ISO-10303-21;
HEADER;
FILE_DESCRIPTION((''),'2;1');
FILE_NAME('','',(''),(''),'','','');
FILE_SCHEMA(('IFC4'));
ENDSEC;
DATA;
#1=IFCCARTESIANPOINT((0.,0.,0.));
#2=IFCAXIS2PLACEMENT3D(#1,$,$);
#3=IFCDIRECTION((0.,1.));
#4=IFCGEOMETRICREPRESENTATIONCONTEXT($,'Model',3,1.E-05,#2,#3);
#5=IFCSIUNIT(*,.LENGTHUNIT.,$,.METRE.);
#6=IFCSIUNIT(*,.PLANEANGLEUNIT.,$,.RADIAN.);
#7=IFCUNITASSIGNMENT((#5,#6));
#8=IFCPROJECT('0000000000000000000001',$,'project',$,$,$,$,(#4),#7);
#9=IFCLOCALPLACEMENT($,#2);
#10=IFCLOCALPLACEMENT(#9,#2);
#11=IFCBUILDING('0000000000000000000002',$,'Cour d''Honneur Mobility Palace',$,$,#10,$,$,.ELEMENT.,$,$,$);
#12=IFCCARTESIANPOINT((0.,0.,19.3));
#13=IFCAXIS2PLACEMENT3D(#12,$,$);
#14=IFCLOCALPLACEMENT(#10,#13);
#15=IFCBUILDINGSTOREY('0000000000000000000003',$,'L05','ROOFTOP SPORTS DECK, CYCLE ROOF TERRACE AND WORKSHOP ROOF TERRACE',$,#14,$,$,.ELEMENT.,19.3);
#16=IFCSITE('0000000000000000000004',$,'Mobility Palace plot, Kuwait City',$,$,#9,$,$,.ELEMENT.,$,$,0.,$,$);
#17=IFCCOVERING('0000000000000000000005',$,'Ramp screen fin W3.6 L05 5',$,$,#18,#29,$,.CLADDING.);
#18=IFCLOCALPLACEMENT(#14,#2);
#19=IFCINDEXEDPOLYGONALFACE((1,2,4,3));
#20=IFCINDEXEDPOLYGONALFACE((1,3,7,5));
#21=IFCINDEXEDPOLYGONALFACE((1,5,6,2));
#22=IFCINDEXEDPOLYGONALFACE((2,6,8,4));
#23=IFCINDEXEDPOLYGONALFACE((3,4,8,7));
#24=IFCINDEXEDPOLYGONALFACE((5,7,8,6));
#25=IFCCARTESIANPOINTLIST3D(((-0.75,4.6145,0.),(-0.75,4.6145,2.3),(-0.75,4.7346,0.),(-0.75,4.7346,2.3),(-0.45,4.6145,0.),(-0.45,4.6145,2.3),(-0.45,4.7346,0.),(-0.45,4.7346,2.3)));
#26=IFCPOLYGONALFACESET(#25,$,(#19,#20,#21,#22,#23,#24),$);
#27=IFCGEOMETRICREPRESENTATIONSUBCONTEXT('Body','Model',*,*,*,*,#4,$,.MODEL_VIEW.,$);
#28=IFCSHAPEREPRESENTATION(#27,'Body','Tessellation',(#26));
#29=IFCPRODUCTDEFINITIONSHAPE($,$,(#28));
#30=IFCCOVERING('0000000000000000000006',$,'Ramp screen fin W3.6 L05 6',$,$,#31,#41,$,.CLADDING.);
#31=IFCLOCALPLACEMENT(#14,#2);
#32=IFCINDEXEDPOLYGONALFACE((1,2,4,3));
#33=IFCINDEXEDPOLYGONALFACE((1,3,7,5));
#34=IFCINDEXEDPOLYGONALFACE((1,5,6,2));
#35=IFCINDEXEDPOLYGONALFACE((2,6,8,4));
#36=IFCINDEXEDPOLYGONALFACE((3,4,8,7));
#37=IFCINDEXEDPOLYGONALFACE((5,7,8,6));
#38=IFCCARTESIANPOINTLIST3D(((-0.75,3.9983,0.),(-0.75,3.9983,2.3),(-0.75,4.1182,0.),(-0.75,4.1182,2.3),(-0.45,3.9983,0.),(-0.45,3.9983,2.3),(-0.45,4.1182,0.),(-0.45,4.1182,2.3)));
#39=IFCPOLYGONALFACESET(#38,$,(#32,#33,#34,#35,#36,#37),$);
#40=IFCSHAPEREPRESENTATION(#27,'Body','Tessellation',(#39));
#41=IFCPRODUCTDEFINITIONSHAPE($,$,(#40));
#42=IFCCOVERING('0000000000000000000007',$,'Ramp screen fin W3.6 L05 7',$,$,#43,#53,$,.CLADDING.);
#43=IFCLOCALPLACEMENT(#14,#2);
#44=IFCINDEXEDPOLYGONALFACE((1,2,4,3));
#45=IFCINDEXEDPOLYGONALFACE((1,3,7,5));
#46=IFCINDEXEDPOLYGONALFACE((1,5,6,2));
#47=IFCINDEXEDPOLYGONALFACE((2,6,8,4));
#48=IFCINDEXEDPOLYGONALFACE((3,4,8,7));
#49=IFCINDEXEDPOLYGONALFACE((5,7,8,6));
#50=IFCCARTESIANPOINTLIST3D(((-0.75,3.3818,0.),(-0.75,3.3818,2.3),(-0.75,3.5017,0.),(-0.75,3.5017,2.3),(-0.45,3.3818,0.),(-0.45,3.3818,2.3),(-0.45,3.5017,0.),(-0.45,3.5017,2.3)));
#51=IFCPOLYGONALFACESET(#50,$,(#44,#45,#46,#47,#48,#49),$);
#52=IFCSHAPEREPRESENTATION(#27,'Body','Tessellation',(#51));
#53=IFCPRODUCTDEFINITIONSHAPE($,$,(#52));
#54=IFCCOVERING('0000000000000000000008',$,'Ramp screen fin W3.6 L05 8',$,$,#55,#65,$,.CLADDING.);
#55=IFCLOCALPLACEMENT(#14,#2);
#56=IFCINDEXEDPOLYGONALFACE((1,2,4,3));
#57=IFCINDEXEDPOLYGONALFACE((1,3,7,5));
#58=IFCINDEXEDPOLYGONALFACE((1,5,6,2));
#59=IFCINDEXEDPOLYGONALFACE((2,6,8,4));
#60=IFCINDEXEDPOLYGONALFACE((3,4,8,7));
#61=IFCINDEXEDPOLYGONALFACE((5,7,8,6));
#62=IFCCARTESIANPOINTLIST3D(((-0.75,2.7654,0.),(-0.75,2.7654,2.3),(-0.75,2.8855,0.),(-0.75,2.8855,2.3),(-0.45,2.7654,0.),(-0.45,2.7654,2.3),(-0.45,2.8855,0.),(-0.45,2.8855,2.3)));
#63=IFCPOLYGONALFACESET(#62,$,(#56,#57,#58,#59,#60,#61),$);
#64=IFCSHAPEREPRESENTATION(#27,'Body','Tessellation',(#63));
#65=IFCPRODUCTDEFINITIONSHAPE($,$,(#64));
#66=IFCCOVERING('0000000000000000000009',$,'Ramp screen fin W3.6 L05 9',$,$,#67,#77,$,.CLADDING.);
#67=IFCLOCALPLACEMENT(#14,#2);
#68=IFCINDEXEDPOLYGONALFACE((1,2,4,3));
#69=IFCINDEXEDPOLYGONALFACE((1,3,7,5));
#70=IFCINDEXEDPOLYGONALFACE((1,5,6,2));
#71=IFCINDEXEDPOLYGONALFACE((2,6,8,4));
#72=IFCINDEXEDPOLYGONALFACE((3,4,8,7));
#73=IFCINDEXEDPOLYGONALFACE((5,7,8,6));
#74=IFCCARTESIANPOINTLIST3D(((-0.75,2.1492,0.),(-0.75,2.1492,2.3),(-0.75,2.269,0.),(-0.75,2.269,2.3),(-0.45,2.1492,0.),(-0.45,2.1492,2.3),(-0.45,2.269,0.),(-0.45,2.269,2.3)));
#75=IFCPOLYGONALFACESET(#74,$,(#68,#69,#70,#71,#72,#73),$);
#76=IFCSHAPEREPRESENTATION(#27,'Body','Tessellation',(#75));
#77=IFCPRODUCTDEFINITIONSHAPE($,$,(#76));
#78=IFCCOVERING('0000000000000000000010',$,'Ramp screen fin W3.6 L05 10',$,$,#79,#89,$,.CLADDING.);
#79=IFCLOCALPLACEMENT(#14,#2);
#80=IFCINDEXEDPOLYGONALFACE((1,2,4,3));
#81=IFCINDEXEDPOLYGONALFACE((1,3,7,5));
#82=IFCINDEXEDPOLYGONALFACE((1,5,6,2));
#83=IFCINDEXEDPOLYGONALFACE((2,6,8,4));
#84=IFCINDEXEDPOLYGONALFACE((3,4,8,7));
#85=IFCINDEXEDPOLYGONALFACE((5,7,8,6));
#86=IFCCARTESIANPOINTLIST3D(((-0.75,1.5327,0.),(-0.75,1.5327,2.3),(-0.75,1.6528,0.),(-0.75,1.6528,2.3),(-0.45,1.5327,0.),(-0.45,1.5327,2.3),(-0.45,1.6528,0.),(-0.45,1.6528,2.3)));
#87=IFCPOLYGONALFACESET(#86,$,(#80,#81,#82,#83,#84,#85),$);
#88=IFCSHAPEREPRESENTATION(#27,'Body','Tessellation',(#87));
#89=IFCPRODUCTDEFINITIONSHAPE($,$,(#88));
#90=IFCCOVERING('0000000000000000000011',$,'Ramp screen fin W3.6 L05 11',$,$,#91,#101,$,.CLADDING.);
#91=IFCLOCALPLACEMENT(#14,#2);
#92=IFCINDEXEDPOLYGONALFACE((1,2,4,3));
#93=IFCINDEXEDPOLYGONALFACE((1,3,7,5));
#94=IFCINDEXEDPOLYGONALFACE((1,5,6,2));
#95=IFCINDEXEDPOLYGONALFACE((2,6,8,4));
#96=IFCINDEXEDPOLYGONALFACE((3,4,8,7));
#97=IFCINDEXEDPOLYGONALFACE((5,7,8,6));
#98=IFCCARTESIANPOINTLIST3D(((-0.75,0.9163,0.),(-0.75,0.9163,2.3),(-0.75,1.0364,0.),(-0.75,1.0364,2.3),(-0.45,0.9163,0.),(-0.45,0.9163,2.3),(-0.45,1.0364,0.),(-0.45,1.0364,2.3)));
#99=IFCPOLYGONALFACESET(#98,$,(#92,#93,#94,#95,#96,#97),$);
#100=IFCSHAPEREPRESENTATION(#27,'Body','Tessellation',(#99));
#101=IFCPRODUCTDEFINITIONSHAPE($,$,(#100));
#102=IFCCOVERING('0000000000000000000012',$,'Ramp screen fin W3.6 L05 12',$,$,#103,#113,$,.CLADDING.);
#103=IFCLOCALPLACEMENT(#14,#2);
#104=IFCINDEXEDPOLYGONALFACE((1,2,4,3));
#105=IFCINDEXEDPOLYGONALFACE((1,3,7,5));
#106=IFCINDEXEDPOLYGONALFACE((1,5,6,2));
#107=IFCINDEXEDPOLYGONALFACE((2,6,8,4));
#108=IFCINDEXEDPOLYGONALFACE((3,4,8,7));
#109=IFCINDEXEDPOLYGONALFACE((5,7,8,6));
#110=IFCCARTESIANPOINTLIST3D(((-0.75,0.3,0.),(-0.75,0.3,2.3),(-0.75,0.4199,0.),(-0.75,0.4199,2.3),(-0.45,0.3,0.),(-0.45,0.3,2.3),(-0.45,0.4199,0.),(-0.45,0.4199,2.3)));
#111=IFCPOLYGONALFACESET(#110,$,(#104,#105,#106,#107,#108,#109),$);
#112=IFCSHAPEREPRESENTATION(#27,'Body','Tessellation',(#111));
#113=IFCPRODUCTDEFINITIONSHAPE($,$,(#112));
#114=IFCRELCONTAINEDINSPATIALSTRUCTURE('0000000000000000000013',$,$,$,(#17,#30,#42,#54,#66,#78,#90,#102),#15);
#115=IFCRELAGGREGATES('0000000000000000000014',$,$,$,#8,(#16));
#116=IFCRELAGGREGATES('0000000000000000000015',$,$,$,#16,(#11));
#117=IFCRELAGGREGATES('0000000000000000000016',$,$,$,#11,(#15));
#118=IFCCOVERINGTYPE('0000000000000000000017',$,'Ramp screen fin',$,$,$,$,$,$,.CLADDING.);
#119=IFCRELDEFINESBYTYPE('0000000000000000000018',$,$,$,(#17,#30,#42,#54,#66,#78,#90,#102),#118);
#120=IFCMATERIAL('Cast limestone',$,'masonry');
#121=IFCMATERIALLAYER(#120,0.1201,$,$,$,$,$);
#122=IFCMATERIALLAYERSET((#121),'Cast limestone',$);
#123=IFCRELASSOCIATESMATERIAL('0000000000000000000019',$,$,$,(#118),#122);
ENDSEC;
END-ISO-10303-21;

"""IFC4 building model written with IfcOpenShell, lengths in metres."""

from ifc_helpers import new_model, si_unit, direction, frame, origin, place, context, subcontext, project, spatial, polyline, outline, extrude, material, layer, layer_set, type_object, element, save


model = new_model("IFC4")

# Units and contexts
model_context = context("Model", 3, precision=1e-05, world=origin(), true_north=direction((0.0, 1.0)))
body_context = subcontext(model_context, "Body", "Model", "MODEL_VIEW")
ifc_project = project(units=[si_unit("LENGTHUNIT", "METRE"), si_unit("PLANEANGLEUNIT", "RADIAN")], contexts=[model_context])

# Site, building, storey
site_placement = place(None, origin())
site = spatial("IfcSite", under=ifc_project, at=site_placement, Name="Mobility Palace plot, Kuwait City", CompositionType="ELEMENT", RefElevation=0.0)
building_placement = place(site_placement, origin())
building = spatial("IfcBuilding", under=site, at=building_placement, Name="Cour d'Honneur Mobility Palace", CompositionType="ELEMENT")
storey_placement = place(building_placement, frame((0.0, 0.0, 19.3)))
storey = spatial("IfcBuildingStorey", under=building, at=storey_placement, Name="L05", Description="ROOFTOP SPORTS DECK, CYCLE ROOF TERRACE AND WORKSHOP ROOF TERRACE", CompositionType="ELEMENT", Elevation=19.3)

# Coverings
ifc_material_1 = material(Name="Cast limestone", Category="masonry")
ifc_layer_1 = layer(ifc_material_1, 0.1201)
ifc_layer_set_1 = layer_set([ifc_layer_1], Name="Cast limestone")
covering_type_1 = type_object("IfcCoveringType", Name="Ramp screen fin", PredefinedType="CLADDING", material=ifc_layer_set_1)
covering_1_placement = place(storey_placement, origin())
element("IfcCovering", 1, at=covering_1_placement, inside=storey, type_object=covering_type_1, Name="Ramp screen fin W3.6 L05 5", PredefinedType="CLADDING", context=body_context, shape_type="SweptSolid", body=[
    extrude(outline(polyline([(-0.45, 4.7346), (-0.45, 4.6145), (-0.75, 4.6145), (-0.75, 4.7346), (-0.45, 4.7346)])), origin(), (0.0, 0.0, 1.0), 2.3),
])
covering_2_placement = place(storey_placement, origin())
element("IfcCovering", 2, at=covering_2_placement, inside=storey, type_object=covering_type_1, Name="Ramp screen fin W3.6 L05 6", PredefinedType="CLADDING", context=body_context, shape_type="SweptSolid", body=[
    extrude(outline(polyline([(-0.45, 4.1182), (-0.45, 3.9983), (-0.75, 3.9983), (-0.75, 4.1182), (-0.45, 4.1182)])), origin(), (0.0, 0.0, 1.0), 2.3),
])
covering_3_placement = place(storey_placement, origin())
element("IfcCovering", 3, at=covering_3_placement, inside=storey, type_object=covering_type_1, Name="Ramp screen fin W3.6 L05 7", PredefinedType="CLADDING", context=body_context, shape_type="SweptSolid", body=[
    extrude(outline(polyline([(-0.45, 3.5017), (-0.45, 3.3818), (-0.75, 3.3818), (-0.75, 3.5017), (-0.45, 3.5017)])), origin(), (0.0, 0.0, 1.0), 2.3),
])
covering_4_placement = place(storey_placement, origin())
element("IfcCovering", 4, at=covering_4_placement, inside=storey, type_object=covering_type_1, Name="Ramp screen fin W3.6 L05 8", PredefinedType="CLADDING", context=body_context, shape_type="SweptSolid", body=[
    extrude(outline(polyline([(-0.45, 2.8855), (-0.45, 2.7654), (-0.75, 2.7654), (-0.75, 2.8855), (-0.45, 2.8855)])), origin(), (0.0, 0.0, 1.0), 2.3),
])
covering_5_placement = place(storey_placement, origin())
element("IfcCovering", 5, at=covering_5_placement, inside=storey, type_object=covering_type_1, Name="Ramp screen fin W3.6 L05 9", PredefinedType="CLADDING", context=body_context, shape_type="SweptSolid", body=[
    extrude(outline(polyline([(-0.45, 2.269), (-0.45, 2.1492), (-0.75, 2.1492), (-0.75, 2.269), (-0.45, 2.269)])), origin(), (0.0, 0.0, 1.0), 2.3),
])
covering_6_placement = place(storey_placement, origin())
element("IfcCovering", 6, at=covering_6_placement, inside=storey, type_object=covering_type_1, Name="Ramp screen fin W3.6 L05 10", PredefinedType="CLADDING", context=body_context, shape_type="SweptSolid", body=[
    extrude(outline(polyline([(-0.45, 1.6528), (-0.45, 1.5327), (-0.75, 1.5327), (-0.75, 1.6528), (-0.45, 1.6528)])), origin(), (0.0, 0.0, 1.0), 2.3),
])
covering_7_placement = place(storey_placement, origin())
element("IfcCovering", 7, at=covering_7_placement, inside=storey, type_object=covering_type_1, Name="Ramp screen fin W3.6 L05 11", PredefinedType="CLADDING", context=body_context, shape_type="SweptSolid", body=[
    extrude(outline(polyline([(-0.45, 1.0364), (-0.45, 0.9163), (-0.75, 0.9163), (-0.75, 1.0364), (-0.45, 1.0364)])), origin(), (0.0, 0.0, 1.0), 2.3),
])
covering_8_placement = place(storey_placement, origin())
element("IfcCovering", 8, at=covering_8_placement, inside=storey, type_object=covering_type_1, Name="Ramp screen fin W3.6 L05 12", PredefinedType="CLADDING", context=body_context, shape_type="SweptSolid", body=[
    extrude(outline(polyline([(-0.45, 0.4199), (-0.45, 0.3), (-0.75, 0.3), (-0.75, 0.4199), (-0.45, 0.4199)])), origin(), (0.0, 0.0, 1.0), 2.3),
])

save(model, "model.ifc")
